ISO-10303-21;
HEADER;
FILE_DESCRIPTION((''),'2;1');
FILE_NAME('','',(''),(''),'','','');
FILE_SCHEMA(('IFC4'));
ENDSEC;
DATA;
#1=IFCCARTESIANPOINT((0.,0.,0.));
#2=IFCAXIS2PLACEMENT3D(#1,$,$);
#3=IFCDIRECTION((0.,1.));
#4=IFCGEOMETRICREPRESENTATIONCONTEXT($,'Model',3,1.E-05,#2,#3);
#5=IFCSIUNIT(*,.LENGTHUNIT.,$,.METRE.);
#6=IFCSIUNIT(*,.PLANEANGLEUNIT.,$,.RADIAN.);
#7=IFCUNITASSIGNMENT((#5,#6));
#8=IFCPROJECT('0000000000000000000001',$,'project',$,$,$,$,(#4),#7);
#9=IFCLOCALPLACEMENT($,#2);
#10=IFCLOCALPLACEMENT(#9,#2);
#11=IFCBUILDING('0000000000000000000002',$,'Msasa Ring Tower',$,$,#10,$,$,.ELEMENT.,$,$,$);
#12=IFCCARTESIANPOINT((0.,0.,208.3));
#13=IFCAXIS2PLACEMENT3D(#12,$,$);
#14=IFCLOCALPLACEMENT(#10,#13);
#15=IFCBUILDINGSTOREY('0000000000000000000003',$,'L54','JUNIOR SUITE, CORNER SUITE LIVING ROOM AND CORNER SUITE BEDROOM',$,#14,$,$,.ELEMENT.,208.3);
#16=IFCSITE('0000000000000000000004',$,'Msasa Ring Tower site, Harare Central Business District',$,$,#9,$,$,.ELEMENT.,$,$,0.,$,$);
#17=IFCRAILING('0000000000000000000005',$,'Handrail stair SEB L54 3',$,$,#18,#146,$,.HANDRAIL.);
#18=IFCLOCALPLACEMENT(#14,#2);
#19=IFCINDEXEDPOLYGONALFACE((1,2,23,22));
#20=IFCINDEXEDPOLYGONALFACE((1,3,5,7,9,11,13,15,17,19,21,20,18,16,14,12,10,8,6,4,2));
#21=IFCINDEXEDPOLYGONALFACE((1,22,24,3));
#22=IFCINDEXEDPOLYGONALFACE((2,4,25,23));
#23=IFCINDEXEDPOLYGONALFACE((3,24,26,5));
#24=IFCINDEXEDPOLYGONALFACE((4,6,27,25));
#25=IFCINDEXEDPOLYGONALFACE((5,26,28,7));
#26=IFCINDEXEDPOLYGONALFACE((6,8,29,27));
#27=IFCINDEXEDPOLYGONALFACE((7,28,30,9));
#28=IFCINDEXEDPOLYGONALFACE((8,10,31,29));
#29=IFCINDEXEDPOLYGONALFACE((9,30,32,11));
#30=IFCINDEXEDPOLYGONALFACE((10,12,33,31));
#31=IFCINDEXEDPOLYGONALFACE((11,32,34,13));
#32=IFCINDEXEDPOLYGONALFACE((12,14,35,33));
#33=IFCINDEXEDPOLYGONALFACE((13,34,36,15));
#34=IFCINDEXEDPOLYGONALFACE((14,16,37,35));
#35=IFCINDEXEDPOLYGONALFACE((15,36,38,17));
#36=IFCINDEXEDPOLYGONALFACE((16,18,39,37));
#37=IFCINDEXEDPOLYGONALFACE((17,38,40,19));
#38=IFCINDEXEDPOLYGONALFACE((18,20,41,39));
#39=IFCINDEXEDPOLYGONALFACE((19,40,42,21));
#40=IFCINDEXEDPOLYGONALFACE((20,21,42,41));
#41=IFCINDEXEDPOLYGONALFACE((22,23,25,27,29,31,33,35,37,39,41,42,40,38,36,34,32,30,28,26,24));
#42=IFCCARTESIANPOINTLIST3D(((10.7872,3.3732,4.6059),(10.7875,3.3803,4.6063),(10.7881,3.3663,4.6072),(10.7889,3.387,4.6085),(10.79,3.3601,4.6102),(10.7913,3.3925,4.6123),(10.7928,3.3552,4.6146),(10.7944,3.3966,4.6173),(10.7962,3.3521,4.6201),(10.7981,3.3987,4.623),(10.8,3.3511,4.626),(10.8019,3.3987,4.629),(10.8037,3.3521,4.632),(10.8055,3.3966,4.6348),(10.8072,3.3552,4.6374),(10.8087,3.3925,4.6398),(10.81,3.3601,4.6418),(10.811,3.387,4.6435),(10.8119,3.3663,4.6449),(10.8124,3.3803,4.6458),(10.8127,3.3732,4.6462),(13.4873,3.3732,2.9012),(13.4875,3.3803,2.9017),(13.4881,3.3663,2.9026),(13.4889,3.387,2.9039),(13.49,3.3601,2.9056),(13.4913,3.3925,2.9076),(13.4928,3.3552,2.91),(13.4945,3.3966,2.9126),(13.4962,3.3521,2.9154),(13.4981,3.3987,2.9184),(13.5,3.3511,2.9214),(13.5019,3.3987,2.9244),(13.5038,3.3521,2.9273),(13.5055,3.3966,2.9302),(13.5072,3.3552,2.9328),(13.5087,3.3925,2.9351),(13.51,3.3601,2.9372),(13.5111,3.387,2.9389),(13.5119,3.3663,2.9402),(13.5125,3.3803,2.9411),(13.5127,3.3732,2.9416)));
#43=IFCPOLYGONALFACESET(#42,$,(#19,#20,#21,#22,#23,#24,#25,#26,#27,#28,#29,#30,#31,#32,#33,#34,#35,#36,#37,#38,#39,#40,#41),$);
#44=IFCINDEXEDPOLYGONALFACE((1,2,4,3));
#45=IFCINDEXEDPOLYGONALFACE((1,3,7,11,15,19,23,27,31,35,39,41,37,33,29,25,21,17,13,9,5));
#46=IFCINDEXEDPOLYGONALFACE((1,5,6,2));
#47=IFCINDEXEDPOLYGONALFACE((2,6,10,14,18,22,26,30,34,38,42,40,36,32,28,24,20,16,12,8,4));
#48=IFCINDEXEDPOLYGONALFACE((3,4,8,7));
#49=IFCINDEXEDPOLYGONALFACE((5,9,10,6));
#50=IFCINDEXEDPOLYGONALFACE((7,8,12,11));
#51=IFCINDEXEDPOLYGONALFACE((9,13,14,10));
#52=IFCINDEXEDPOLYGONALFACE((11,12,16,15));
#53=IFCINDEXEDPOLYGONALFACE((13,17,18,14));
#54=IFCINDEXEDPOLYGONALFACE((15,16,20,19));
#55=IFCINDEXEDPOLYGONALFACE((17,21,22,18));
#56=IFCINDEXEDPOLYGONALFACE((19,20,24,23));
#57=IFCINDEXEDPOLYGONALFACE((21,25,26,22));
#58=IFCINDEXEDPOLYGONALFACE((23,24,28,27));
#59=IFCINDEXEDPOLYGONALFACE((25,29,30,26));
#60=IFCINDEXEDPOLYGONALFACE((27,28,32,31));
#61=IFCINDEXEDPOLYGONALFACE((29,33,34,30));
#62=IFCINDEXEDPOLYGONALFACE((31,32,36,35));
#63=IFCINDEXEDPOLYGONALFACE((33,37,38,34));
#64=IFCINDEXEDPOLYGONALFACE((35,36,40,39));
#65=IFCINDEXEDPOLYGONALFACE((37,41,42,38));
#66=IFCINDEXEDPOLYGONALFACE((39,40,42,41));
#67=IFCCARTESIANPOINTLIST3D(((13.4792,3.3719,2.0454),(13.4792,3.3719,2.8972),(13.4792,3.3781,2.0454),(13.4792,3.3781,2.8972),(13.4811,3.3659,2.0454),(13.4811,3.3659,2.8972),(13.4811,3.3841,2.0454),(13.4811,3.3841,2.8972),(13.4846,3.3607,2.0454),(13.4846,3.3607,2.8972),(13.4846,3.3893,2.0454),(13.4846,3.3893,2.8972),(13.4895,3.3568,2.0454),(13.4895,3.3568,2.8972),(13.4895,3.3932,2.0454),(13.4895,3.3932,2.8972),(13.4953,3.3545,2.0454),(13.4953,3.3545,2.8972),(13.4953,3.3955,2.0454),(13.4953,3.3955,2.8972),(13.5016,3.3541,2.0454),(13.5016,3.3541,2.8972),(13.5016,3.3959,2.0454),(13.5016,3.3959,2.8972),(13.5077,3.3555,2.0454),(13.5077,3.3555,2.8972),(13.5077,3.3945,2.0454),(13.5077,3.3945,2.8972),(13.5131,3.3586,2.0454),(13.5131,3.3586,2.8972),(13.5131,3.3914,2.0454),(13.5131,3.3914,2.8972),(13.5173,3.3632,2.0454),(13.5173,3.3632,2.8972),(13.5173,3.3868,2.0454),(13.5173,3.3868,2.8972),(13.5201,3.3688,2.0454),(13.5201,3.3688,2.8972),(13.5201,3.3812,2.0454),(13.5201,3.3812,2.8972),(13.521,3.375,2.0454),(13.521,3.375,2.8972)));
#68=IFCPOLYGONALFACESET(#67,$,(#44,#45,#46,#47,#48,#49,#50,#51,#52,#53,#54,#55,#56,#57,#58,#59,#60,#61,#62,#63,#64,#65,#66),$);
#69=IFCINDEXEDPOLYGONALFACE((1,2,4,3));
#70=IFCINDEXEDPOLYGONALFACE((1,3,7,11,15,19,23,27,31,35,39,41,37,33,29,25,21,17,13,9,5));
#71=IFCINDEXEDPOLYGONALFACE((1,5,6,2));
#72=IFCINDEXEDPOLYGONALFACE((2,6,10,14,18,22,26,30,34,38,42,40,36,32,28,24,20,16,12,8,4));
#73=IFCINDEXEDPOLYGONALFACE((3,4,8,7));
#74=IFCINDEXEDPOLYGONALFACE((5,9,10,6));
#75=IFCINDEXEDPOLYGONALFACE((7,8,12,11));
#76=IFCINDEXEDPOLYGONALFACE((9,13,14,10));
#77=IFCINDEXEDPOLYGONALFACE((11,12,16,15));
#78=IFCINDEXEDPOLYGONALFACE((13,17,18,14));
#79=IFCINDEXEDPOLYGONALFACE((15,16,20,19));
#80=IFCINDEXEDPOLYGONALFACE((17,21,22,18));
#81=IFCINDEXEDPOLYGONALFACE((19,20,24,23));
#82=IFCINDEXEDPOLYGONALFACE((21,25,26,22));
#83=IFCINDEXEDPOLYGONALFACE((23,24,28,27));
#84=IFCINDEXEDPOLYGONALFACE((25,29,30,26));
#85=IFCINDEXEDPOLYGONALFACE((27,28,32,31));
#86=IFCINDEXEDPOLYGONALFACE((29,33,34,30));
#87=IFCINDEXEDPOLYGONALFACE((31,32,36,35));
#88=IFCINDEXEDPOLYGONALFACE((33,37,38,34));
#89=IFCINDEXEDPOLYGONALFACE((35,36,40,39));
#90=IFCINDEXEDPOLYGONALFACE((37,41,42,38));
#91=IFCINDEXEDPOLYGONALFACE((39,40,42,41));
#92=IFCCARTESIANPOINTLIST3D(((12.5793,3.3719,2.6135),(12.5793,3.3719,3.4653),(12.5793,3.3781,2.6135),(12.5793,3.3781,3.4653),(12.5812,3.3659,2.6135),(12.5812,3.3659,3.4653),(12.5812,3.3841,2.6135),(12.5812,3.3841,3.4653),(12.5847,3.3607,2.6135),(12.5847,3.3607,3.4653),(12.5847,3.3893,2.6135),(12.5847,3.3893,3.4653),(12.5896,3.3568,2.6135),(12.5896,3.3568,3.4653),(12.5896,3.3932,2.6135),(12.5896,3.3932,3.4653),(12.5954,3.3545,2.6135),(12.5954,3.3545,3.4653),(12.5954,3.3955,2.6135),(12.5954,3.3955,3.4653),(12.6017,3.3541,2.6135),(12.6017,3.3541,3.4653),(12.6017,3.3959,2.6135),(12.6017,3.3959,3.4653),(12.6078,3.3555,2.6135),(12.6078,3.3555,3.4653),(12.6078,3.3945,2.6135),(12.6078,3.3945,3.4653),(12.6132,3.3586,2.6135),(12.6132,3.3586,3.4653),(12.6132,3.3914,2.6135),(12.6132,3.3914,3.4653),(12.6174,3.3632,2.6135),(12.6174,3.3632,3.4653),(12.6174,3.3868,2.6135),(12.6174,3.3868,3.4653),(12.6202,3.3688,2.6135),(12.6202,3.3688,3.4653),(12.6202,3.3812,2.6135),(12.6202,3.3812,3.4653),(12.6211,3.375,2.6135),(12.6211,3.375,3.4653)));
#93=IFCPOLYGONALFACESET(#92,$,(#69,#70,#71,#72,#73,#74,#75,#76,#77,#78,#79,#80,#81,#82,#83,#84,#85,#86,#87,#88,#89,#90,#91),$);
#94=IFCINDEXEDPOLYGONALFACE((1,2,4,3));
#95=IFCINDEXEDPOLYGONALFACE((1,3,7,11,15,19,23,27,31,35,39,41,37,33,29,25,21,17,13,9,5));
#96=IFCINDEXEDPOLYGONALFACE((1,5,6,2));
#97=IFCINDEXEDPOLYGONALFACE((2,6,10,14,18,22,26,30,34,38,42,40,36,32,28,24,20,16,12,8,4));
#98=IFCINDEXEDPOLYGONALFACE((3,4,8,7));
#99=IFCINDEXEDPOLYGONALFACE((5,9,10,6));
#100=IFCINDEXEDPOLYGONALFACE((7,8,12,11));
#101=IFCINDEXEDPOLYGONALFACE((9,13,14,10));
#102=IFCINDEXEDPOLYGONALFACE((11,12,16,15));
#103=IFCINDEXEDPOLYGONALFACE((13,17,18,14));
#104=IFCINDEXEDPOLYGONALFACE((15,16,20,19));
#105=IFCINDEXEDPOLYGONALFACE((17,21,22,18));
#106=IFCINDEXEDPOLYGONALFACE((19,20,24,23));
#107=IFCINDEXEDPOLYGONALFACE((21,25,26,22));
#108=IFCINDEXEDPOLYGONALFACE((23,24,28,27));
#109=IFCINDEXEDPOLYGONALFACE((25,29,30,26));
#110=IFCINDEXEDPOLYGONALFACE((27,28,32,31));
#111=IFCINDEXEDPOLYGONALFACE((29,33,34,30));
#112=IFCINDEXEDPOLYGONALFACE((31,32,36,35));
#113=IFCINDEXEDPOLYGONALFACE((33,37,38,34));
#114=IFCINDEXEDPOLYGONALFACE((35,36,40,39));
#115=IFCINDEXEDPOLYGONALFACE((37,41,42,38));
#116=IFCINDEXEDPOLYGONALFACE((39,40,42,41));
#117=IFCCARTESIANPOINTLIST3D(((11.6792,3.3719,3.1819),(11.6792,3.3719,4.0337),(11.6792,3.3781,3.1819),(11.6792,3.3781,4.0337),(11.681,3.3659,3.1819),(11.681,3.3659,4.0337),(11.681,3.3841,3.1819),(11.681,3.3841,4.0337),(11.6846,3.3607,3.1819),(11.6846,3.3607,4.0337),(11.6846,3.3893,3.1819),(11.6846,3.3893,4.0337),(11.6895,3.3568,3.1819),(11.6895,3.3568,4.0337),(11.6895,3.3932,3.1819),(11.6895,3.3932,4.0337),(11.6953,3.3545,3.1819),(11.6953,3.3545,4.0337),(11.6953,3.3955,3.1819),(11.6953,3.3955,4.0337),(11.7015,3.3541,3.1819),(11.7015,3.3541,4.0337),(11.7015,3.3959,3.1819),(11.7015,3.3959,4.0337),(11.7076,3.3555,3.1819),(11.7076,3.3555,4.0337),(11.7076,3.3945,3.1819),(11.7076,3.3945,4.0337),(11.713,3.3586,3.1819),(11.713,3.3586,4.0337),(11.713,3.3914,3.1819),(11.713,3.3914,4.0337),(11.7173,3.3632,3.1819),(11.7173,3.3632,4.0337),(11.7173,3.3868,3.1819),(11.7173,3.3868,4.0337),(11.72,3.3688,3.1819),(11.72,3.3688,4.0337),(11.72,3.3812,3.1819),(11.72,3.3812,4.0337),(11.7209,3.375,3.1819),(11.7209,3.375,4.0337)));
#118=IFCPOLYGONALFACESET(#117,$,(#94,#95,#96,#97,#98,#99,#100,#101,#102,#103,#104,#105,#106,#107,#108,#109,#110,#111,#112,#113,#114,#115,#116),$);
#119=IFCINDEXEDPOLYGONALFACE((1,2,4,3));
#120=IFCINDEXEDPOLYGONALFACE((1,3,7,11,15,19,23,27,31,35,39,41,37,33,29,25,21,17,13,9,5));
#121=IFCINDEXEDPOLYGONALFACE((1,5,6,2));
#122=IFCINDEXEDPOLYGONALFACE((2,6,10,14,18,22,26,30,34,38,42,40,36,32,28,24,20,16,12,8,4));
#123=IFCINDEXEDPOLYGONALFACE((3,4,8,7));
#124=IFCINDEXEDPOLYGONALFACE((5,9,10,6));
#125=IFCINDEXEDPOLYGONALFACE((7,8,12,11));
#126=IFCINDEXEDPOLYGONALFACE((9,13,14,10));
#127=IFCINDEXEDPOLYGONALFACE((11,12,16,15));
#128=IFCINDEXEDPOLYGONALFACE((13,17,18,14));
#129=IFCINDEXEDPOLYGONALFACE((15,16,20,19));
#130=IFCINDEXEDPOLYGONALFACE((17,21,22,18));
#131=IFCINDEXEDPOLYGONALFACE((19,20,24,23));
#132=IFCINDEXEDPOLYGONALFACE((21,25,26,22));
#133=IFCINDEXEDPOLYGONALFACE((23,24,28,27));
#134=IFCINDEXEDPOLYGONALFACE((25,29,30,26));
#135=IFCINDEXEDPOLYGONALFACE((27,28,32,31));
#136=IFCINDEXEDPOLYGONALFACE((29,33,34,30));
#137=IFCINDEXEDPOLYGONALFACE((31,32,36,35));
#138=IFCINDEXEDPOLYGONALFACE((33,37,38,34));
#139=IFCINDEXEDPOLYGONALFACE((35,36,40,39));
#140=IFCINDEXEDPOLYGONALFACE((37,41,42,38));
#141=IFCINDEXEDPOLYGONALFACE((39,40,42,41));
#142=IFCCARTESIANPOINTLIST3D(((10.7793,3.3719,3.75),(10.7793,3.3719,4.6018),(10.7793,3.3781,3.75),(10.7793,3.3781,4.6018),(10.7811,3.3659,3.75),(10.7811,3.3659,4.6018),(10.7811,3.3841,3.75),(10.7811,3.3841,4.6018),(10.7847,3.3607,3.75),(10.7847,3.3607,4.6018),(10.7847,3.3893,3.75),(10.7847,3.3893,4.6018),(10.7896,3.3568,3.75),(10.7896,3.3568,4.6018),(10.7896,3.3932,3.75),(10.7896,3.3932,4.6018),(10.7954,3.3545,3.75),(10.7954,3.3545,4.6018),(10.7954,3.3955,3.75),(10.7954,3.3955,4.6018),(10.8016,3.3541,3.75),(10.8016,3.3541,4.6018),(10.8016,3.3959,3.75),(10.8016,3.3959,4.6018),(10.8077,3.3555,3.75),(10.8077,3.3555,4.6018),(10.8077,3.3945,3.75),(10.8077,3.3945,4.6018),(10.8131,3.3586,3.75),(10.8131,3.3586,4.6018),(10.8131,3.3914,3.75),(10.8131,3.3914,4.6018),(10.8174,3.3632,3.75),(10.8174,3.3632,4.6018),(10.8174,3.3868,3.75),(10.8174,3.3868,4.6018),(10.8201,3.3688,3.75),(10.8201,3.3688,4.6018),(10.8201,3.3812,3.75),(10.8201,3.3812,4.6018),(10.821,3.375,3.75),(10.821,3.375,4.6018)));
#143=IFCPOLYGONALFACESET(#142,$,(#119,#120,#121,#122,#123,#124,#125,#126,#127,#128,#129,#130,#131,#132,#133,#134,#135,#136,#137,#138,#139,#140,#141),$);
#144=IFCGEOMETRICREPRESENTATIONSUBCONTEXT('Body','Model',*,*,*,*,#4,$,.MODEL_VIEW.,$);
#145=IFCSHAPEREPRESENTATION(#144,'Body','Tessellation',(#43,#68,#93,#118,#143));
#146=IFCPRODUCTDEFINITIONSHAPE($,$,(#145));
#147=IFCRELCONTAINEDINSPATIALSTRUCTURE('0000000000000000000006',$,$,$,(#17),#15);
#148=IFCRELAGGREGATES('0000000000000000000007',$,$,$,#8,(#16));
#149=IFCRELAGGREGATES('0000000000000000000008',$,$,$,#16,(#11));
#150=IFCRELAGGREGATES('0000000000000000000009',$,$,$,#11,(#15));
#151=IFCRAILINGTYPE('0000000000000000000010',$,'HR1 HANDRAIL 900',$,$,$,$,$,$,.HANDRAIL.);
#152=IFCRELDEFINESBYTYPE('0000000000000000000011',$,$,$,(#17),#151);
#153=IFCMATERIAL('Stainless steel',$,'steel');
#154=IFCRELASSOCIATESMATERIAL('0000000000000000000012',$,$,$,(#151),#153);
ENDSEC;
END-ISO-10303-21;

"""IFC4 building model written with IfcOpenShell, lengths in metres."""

from ifc_helpers import new_model, si_unit, direction, frame, origin, origin_2d, place, context, subcontext, project, spatial, circle, extrude, material, type_object, element, save


model = new_model("IFC4")

# Units and contexts
model_context = context("Model", 3, precision=1e-05, world=origin(), true_north=direction((0.0, 1.0)))
body_context = subcontext(model_context, "Body", "Model", "MODEL_VIEW")
ifc_project = project(units=[si_unit("LENGTHUNIT", "METRE"), si_unit("PLANEANGLEUNIT", "RADIAN")], contexts=[model_context])

# Site, building, storey
site_placement = place(None, origin())
site = spatial("IfcSite", under=ifc_project, at=site_placement, Name="Msasa Ring Tower site, Harare Central Business District", CompositionType="ELEMENT", RefElevation=0.0)
building_placement = place(site_placement, origin())
building = spatial("IfcBuilding", under=site, at=building_placement, Name="Msasa Ring Tower", CompositionType="ELEMENT")
storey_placement = place(building_placement, frame((0.0, 0.0, 208.3)))
storey = spatial("IfcBuildingStorey", under=building, at=storey_placement, Name="L54", Description="JUNIOR SUITE, CORNER SUITE LIVING ROOM AND CORNER SUITE BEDROOM", CompositionType="ELEMENT", Elevation=208.3)

# Railing
ifc_material_1 = material(Name="Stainless steel", Category="steel")
railing_type = type_object("IfcRailingType", Name="HR1 HANDRAIL 900", PredefinedType="HANDRAIL", material=ifc_material_1)
for number, where, name in (
    (1, (13.5, 3.375, 2.0454), "Handrail stair SEB L54 3"),
):
    element("IfcRailing", number, at=place(storey_placement, frame(where)), inside=storey, type_object=railing_type, Name=name, PredefinedType="HANDRAIL", context=body_context, shape_type="SweptSolid", body=[
        extrude(circle(Radius=0.0239, at=origin_2d()), frame((0.0, 0.0, 0.876), z_axis=(-0.84558, 0.0, 0.533849), x_axis=(0.0, -1.0, 0.0)), (0.0, 0.0, 1.0), 3.1931),
        extrude(circle(Radius=0.021, at=origin_2d()), origin(), (0.0, 0.0, 1.0), 0.8518),
        extrude(circle(Radius=0.021, at=origin_2d()), frame((-0.8999, 0.0, 0.5681)), (0.0, 0.0, 1.0), 0.8518),
        extrude(circle(Radius=0.021, at=origin_2d()), frame((-1.8, 0.0, 1.1365)), (0.0, 0.0, 1.0), 0.8518),
        extrude(circle(Radius=0.021, at=origin_2d()), frame((-2.7, 0.0, 1.7046)), (0.0, 0.0, 1.0), 0.8518),
    ])

save(model, "model.ifc")
